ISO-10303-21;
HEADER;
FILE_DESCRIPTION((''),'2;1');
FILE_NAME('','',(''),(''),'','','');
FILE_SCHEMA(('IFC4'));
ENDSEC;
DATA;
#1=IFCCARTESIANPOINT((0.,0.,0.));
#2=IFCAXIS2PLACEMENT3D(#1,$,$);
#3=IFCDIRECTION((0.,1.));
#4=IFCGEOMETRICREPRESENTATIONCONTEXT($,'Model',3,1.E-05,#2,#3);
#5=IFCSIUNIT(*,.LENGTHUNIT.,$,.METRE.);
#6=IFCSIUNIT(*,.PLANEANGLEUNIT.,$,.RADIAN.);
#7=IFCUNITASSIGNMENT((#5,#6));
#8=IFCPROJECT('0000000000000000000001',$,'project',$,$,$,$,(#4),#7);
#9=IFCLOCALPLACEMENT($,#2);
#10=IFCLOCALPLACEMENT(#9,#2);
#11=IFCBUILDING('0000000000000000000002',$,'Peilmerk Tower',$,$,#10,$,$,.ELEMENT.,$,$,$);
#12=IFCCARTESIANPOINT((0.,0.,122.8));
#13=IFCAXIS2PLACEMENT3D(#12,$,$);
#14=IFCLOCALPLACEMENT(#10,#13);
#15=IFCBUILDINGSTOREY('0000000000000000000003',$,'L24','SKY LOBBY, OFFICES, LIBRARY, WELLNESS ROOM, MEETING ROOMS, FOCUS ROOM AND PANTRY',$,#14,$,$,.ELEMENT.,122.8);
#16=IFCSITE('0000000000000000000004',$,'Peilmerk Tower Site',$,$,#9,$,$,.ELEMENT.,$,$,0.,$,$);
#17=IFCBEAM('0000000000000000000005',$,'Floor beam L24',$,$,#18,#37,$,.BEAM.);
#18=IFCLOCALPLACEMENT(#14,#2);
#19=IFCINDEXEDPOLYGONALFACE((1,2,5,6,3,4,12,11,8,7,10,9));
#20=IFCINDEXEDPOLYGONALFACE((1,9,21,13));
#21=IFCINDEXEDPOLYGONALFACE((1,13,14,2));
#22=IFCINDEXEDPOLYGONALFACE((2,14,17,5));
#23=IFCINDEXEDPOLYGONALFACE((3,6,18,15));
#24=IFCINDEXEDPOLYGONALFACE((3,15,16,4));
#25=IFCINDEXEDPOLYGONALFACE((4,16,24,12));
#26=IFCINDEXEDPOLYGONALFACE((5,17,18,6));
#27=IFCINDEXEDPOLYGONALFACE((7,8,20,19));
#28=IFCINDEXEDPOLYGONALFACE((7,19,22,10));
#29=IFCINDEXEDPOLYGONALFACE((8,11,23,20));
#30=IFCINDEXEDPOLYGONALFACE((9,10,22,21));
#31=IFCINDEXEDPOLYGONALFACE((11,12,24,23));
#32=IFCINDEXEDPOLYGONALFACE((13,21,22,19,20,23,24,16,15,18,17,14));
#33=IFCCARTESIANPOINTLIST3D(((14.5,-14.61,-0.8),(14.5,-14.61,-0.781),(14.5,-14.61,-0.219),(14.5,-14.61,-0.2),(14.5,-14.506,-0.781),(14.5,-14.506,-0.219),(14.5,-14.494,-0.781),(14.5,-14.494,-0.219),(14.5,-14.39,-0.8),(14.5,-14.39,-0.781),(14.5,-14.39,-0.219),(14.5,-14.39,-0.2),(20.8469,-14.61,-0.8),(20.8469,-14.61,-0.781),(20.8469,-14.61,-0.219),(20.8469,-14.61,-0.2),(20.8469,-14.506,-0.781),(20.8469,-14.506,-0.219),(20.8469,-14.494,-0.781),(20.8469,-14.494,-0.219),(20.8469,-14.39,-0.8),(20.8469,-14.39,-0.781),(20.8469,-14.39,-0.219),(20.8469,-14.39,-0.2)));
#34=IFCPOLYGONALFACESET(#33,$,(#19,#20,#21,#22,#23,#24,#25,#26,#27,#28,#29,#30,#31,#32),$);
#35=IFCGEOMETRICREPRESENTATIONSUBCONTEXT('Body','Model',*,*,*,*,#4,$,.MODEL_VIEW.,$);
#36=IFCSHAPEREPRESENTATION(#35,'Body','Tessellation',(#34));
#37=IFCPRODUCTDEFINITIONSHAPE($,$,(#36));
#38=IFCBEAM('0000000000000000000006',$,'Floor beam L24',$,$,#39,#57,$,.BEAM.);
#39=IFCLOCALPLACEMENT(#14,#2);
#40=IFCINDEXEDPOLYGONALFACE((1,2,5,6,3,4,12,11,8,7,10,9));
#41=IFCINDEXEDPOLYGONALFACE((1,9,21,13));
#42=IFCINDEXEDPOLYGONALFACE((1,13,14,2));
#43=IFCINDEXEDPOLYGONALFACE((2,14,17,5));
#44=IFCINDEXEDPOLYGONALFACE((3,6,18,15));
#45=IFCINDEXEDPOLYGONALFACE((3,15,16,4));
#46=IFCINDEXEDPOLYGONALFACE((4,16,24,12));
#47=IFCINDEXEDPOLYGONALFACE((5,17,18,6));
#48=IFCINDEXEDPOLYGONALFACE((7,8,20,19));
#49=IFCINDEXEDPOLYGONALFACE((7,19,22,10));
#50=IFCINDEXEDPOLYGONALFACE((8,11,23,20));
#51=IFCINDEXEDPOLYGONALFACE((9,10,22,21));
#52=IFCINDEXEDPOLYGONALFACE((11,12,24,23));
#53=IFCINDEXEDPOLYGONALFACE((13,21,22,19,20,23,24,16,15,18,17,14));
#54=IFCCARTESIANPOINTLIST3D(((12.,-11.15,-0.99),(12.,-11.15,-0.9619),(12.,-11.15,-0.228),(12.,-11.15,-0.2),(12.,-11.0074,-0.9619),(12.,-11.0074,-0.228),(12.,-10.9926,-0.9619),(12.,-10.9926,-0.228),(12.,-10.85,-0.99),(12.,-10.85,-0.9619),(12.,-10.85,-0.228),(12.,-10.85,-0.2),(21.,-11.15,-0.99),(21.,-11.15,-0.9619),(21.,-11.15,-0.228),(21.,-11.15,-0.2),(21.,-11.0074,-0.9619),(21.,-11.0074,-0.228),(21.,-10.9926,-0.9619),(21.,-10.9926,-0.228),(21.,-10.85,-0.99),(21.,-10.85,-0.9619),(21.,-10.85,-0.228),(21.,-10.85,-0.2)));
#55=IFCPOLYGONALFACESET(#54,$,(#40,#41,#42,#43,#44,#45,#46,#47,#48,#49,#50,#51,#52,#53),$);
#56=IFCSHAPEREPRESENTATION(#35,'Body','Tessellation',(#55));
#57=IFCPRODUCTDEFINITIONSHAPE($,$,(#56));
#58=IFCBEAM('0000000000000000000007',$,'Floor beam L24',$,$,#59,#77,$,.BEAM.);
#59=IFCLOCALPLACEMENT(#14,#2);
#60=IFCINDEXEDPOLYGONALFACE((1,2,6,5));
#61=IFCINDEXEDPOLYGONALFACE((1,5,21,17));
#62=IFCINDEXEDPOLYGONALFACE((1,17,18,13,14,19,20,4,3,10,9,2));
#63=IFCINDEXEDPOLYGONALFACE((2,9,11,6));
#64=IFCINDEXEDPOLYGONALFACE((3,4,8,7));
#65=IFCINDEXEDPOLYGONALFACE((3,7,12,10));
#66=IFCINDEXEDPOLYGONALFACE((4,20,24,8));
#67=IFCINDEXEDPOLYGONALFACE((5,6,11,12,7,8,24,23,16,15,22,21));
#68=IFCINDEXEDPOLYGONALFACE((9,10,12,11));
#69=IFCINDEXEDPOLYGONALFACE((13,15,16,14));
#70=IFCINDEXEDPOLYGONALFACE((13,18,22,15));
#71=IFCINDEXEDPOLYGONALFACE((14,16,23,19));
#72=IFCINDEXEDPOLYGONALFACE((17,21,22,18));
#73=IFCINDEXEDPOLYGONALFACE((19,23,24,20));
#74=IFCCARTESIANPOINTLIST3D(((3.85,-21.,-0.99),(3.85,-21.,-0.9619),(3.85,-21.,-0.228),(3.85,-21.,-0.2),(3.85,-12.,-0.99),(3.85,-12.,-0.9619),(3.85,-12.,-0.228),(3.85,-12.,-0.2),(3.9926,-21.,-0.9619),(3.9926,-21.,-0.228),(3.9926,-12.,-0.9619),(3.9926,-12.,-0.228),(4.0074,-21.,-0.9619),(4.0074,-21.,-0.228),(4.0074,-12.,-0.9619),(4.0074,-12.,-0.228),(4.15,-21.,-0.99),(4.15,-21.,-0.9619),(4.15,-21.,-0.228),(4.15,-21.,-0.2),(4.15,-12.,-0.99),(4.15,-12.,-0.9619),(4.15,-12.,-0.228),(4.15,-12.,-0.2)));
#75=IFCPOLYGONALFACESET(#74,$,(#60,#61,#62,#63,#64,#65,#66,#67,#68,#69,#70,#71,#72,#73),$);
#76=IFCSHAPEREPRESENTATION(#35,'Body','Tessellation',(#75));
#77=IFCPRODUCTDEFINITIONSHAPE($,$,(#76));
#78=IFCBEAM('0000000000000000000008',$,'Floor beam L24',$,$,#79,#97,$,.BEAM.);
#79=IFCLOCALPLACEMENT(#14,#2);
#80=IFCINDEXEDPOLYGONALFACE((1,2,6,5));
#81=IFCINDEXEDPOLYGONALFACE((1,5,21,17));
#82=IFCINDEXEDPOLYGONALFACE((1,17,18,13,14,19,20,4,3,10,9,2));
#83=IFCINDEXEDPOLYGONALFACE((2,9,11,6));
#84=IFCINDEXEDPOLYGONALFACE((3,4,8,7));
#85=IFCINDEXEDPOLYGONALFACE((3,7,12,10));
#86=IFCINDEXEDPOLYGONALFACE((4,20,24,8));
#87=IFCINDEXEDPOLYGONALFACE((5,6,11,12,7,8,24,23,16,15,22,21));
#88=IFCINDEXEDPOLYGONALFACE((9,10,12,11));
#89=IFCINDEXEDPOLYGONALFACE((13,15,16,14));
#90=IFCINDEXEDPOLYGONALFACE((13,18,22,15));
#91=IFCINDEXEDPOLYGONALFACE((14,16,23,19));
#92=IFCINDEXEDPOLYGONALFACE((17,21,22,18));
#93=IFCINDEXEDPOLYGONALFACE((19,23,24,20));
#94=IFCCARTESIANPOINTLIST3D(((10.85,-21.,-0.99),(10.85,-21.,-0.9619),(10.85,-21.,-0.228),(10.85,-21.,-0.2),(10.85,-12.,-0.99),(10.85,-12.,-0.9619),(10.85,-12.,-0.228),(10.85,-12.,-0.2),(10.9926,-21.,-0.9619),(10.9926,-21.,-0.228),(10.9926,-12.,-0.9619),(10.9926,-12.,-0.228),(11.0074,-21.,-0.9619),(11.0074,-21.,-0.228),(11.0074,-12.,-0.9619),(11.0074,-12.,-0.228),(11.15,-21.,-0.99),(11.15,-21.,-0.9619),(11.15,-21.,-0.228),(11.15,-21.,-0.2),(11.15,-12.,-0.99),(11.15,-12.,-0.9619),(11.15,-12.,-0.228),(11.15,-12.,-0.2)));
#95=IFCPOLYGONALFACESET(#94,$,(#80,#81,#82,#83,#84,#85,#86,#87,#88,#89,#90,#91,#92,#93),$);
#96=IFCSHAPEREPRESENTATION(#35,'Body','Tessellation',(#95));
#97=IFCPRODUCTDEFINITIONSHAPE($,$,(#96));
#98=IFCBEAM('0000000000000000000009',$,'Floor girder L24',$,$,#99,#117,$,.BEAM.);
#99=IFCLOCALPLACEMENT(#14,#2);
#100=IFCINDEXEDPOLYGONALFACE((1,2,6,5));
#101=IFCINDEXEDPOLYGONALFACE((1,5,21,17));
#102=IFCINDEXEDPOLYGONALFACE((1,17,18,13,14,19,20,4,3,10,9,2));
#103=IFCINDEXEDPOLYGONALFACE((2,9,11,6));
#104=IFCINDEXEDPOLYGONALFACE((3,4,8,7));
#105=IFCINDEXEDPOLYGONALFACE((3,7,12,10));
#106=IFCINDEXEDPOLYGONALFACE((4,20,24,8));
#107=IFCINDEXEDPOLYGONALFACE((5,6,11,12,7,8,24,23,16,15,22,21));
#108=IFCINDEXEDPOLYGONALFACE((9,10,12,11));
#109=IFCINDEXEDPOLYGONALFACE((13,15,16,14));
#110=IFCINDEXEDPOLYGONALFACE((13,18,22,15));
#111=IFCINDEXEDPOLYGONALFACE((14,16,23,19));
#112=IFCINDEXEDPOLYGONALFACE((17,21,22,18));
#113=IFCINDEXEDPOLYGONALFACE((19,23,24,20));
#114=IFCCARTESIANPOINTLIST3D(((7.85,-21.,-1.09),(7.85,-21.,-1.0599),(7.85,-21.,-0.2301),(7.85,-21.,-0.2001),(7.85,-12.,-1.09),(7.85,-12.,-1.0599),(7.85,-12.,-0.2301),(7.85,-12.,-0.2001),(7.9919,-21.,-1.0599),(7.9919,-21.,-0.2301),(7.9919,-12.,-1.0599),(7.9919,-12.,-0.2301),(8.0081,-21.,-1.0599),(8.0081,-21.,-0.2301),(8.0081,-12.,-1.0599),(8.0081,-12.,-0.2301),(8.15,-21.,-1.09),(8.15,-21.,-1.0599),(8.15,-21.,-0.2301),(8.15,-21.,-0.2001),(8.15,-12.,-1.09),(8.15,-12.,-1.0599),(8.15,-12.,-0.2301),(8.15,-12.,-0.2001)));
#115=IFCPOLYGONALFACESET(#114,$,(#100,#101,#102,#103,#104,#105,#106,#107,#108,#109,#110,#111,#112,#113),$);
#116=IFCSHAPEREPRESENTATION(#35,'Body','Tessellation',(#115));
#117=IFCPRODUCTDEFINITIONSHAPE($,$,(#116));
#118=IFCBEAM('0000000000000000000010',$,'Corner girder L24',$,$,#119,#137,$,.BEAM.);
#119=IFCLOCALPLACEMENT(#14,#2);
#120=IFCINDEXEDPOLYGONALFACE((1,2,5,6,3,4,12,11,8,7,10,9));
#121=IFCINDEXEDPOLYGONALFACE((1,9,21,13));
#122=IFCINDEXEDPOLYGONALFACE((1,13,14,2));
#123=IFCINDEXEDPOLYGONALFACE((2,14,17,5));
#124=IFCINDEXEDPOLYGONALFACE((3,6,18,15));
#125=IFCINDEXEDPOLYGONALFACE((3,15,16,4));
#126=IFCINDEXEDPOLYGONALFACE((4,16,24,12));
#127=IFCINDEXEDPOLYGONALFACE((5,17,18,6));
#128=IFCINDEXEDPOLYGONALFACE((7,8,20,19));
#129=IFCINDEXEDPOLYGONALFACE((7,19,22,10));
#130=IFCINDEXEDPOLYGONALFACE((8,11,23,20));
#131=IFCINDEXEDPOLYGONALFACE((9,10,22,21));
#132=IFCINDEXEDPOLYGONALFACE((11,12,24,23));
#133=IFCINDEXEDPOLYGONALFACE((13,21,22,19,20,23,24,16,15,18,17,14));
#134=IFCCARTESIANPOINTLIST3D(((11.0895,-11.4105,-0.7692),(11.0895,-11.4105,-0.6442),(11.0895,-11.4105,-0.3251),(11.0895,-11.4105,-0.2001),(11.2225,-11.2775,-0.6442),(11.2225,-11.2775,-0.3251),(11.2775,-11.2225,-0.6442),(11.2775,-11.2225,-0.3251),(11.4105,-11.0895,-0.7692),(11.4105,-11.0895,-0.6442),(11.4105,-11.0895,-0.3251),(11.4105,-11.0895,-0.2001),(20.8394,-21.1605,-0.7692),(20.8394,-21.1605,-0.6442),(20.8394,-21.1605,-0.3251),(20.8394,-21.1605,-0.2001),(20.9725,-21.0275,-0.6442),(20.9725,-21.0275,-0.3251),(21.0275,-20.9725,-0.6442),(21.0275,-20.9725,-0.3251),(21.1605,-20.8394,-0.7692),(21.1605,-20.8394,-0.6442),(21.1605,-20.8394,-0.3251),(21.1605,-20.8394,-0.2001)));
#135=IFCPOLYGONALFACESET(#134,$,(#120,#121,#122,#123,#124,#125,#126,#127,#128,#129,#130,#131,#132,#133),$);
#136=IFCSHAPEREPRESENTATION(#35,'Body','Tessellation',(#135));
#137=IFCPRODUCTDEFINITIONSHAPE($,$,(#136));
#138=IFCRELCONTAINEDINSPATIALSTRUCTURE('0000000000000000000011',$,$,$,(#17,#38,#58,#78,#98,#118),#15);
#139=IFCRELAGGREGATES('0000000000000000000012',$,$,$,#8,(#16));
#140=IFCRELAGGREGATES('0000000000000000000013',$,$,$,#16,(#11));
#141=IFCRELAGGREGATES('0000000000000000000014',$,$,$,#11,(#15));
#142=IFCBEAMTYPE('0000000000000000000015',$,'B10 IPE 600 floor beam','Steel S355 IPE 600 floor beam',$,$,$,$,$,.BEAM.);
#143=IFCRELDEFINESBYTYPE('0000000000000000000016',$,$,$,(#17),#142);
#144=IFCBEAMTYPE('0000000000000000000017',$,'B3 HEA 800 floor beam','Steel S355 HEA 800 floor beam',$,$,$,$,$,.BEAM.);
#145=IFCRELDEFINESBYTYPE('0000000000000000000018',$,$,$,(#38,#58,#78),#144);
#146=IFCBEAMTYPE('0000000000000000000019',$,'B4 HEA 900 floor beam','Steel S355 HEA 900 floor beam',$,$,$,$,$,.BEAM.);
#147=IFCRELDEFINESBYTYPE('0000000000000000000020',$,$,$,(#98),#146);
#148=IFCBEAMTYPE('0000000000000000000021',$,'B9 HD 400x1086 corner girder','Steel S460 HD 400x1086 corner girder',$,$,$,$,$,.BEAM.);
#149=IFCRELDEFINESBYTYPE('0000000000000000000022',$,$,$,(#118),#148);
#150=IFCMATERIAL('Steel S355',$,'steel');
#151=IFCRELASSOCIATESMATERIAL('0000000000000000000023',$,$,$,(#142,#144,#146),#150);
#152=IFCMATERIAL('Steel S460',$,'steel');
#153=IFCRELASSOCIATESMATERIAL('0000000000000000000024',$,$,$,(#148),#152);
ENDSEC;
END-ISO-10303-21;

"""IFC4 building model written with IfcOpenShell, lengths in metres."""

from ifc_helpers import new_model, si_unit, direction, frame, origin, origin_2d, place, context, subcontext, project, spatial, i_section, extrude, material, material_profile, profile_set, type_object, element, save


model = new_model("IFC4")

# Units and contexts
model_context = context("Model", 3, precision=1e-05, world=origin(), true_north=direction((0.0, 1.0)))
body_context = subcontext(model_context, "Body", "Model", "MODEL_VIEW")
ifc_project = project(units=[si_unit("LENGTHUNIT", "METRE"), si_unit("PLANEANGLEUNIT", "RADIAN")], contexts=[model_context])

# Site, building, storey
site_placement = place(None, origin())
site = spatial("IfcSite", under=ifc_project, at=site_placement, Name="Peilmerk Tower Site", CompositionType="ELEMENT", RefElevation=0.0)
building_placement = place(site_placement, origin())
building = spatial("IfcBuilding", under=site, at=building_placement, Name="Peilmerk Tower", CompositionType="ELEMENT")
storey_placement = place(building_placement, frame((0.0, 0.0, 122.8)))
storey = spatial("IfcBuildingStorey", under=building, at=storey_placement, Name="L24", Description="SKY LOBBY, OFFICES, LIBRARY, WELLNESS ROOM, MEETING ROOMS, FOCUS ROOM AND PANTRY", CompositionType="ELEMENT", Elevation=122.8)

# Beams
ifc_material_1 = material(Name="Steel S355", Category="steel")
ifc_material_profile_1 = material_profile(ifc_material_1, i_section(OverallWidth=0.22, OverallDepth=0.6001, WebThickness=0.012, FlangeThickness=0.019, at=origin_2d()), Name="IPE 600")
ifc_profile_set_1 = profile_set([ifc_material_profile_1], Name="Steel S355")
beam_type_1 = type_object("IfcBeamType", Name="B10 IPE 600 floor beam", Description="Steel S355 IPE 600 floor beam", PredefinedType="BEAM", material=ifc_profile_set_1)
beam_1_placement = place(storey_placement, frame((14.5, -14.5, -0.5), z_axis=(1.0, 0.0, 0.0), x_axis=(0.0, 1.0, 0.0)))
element("IfcBeam", 1, at=beam_1_placement, inside=storey, type_object=beam_type_1, Name="Floor beam L24", PredefinedType="BEAM", context=body_context, shape_type="SweptSolid", body=[
    extrude(i_section(OverallWidth=0.22, OverallDepth=0.6001, WebThickness=0.012, FlangeThickness=0.019, at=origin_2d()), origin(), (0.0, 0.0, 1.0), 6.3469),
])
ifc_material_profile_2 = material_profile(ifc_material_1, i_section(OverallWidth=0.3, OverallDepth=0.79, WebThickness=0.0149, FlangeThickness=0.0281, at=origin_2d()), Name="HEA 800")
ifc_profile_set_2 = profile_set([ifc_material_profile_2], Name="Steel S355")
beam_type_2 = type_object("IfcBeamType", Name="B3 HEA 800 floor beam", Description="Steel S355 HEA 800 floor beam", PredefinedType="BEAM", material=ifc_profile_set_2)
for number, where, z_axis, x_axis, name in (
    (2, (12.0, -11.0, -0.595), (1.0, 0.0, 0.0), (0.0, 1.0, 0.0), "Floor beam L24"),
    (3, (4.0, -12.0, -0.595), (0.0, -1.0, 0.0), (1.0, 0.0, 0.0), "Floor beam L24"),
    (4, (11.0, -12.0, -0.595), (0.0, -1.0, 0.0), (1.0, 0.0, 0.0), "Floor beam L24"),
):
    element("IfcBeam", number, at=place(storey_placement, frame(where, z_axis=z_axis, x_axis=x_axis)), inside=storey, type_object=beam_type_2, Name=name, PredefinedType="BEAM", context=body_context, shape_type="SweptSolid", body=[
        extrude(i_section(OverallWidth=0.3, OverallDepth=0.79, WebThickness=0.0149, FlangeThickness=0.0281, at=origin_2d()), origin(), (0.0, 0.0, 1.0), 9.0),
    ])
ifc_material_profile_3 = material_profile(ifc_material_1, i_section(OverallWidth=0.3, OverallDepth=0.8899, WebThickness=0.0161, FlangeThickness=0.03, at=origin_2d()), Name="HEA 900")
ifc_profile_set_3 = profile_set([ifc_material_profile_3], Name="Steel S355")
beam_type_3 = type_object("IfcBeamType", Name="B4 HEA 900 floor beam", Description="Steel S355 HEA 900 floor beam", PredefinedType="BEAM", material=ifc_profile_set_3)
beam_2_placement = place(storey_placement, frame((8.0, -12.0, -0.645), z_axis=(0.0, -1.0, 0.0), x_axis=(1.0, 0.0, 0.0)))
element("IfcBeam", 5, at=beam_2_placement, inside=storey, type_object=beam_type_3, Name="Floor girder L24", PredefinedType="BEAM", context=body_context, shape_type="SweptSolid", body=[
    extrude(i_section(OverallWidth=0.3, OverallDepth=0.8899, WebThickness=0.0161, FlangeThickness=0.03, at=origin_2d()), origin(), (0.0, 0.0, 1.0), 9.0),
])
ifc_material_2 = material(Name="Steel S460", Category="steel")
ifc_material_profile_4 = material_profile(ifc_material_2, i_section(OverallWidth=0.4541, OverallDepth=0.5691, WebThickness=0.0779, FlangeThickness=0.125, at=origin_2d()), Name="HD 400x1086")
ifc_profile_set_4 = profile_set([ifc_material_profile_4], Name="Steel S460")
beam_type_4 = type_object("IfcBeamType", Name="B9 HD 400x1086 corner girder", Description="Steel S460 HD 400x1086 corner girder", PredefinedType="BEAM", material=ifc_profile_set_4)
beam_3_placement = place(storey_placement, frame((11.25, -11.25, -0.4846), z_axis=(0.707107, -0.707107, 0.0), x_axis=(0.707107, 0.707107, 0.0)))
element("IfcBeam", 6, at=beam_3_placement, inside=storey, type_object=beam_type_4, Name="Corner girder L24", PredefinedType="BEAM", context=body_context, shape_type="SweptSolid", body=[
    extrude(i_section(OverallWidth=0.4541, OverallDepth=0.5691, WebThickness=0.0779, FlangeThickness=0.125, at=origin_2d()), origin(), (0.0, 0.0, 1.0), 13.7886),
])

save(model, "model.ifc")
